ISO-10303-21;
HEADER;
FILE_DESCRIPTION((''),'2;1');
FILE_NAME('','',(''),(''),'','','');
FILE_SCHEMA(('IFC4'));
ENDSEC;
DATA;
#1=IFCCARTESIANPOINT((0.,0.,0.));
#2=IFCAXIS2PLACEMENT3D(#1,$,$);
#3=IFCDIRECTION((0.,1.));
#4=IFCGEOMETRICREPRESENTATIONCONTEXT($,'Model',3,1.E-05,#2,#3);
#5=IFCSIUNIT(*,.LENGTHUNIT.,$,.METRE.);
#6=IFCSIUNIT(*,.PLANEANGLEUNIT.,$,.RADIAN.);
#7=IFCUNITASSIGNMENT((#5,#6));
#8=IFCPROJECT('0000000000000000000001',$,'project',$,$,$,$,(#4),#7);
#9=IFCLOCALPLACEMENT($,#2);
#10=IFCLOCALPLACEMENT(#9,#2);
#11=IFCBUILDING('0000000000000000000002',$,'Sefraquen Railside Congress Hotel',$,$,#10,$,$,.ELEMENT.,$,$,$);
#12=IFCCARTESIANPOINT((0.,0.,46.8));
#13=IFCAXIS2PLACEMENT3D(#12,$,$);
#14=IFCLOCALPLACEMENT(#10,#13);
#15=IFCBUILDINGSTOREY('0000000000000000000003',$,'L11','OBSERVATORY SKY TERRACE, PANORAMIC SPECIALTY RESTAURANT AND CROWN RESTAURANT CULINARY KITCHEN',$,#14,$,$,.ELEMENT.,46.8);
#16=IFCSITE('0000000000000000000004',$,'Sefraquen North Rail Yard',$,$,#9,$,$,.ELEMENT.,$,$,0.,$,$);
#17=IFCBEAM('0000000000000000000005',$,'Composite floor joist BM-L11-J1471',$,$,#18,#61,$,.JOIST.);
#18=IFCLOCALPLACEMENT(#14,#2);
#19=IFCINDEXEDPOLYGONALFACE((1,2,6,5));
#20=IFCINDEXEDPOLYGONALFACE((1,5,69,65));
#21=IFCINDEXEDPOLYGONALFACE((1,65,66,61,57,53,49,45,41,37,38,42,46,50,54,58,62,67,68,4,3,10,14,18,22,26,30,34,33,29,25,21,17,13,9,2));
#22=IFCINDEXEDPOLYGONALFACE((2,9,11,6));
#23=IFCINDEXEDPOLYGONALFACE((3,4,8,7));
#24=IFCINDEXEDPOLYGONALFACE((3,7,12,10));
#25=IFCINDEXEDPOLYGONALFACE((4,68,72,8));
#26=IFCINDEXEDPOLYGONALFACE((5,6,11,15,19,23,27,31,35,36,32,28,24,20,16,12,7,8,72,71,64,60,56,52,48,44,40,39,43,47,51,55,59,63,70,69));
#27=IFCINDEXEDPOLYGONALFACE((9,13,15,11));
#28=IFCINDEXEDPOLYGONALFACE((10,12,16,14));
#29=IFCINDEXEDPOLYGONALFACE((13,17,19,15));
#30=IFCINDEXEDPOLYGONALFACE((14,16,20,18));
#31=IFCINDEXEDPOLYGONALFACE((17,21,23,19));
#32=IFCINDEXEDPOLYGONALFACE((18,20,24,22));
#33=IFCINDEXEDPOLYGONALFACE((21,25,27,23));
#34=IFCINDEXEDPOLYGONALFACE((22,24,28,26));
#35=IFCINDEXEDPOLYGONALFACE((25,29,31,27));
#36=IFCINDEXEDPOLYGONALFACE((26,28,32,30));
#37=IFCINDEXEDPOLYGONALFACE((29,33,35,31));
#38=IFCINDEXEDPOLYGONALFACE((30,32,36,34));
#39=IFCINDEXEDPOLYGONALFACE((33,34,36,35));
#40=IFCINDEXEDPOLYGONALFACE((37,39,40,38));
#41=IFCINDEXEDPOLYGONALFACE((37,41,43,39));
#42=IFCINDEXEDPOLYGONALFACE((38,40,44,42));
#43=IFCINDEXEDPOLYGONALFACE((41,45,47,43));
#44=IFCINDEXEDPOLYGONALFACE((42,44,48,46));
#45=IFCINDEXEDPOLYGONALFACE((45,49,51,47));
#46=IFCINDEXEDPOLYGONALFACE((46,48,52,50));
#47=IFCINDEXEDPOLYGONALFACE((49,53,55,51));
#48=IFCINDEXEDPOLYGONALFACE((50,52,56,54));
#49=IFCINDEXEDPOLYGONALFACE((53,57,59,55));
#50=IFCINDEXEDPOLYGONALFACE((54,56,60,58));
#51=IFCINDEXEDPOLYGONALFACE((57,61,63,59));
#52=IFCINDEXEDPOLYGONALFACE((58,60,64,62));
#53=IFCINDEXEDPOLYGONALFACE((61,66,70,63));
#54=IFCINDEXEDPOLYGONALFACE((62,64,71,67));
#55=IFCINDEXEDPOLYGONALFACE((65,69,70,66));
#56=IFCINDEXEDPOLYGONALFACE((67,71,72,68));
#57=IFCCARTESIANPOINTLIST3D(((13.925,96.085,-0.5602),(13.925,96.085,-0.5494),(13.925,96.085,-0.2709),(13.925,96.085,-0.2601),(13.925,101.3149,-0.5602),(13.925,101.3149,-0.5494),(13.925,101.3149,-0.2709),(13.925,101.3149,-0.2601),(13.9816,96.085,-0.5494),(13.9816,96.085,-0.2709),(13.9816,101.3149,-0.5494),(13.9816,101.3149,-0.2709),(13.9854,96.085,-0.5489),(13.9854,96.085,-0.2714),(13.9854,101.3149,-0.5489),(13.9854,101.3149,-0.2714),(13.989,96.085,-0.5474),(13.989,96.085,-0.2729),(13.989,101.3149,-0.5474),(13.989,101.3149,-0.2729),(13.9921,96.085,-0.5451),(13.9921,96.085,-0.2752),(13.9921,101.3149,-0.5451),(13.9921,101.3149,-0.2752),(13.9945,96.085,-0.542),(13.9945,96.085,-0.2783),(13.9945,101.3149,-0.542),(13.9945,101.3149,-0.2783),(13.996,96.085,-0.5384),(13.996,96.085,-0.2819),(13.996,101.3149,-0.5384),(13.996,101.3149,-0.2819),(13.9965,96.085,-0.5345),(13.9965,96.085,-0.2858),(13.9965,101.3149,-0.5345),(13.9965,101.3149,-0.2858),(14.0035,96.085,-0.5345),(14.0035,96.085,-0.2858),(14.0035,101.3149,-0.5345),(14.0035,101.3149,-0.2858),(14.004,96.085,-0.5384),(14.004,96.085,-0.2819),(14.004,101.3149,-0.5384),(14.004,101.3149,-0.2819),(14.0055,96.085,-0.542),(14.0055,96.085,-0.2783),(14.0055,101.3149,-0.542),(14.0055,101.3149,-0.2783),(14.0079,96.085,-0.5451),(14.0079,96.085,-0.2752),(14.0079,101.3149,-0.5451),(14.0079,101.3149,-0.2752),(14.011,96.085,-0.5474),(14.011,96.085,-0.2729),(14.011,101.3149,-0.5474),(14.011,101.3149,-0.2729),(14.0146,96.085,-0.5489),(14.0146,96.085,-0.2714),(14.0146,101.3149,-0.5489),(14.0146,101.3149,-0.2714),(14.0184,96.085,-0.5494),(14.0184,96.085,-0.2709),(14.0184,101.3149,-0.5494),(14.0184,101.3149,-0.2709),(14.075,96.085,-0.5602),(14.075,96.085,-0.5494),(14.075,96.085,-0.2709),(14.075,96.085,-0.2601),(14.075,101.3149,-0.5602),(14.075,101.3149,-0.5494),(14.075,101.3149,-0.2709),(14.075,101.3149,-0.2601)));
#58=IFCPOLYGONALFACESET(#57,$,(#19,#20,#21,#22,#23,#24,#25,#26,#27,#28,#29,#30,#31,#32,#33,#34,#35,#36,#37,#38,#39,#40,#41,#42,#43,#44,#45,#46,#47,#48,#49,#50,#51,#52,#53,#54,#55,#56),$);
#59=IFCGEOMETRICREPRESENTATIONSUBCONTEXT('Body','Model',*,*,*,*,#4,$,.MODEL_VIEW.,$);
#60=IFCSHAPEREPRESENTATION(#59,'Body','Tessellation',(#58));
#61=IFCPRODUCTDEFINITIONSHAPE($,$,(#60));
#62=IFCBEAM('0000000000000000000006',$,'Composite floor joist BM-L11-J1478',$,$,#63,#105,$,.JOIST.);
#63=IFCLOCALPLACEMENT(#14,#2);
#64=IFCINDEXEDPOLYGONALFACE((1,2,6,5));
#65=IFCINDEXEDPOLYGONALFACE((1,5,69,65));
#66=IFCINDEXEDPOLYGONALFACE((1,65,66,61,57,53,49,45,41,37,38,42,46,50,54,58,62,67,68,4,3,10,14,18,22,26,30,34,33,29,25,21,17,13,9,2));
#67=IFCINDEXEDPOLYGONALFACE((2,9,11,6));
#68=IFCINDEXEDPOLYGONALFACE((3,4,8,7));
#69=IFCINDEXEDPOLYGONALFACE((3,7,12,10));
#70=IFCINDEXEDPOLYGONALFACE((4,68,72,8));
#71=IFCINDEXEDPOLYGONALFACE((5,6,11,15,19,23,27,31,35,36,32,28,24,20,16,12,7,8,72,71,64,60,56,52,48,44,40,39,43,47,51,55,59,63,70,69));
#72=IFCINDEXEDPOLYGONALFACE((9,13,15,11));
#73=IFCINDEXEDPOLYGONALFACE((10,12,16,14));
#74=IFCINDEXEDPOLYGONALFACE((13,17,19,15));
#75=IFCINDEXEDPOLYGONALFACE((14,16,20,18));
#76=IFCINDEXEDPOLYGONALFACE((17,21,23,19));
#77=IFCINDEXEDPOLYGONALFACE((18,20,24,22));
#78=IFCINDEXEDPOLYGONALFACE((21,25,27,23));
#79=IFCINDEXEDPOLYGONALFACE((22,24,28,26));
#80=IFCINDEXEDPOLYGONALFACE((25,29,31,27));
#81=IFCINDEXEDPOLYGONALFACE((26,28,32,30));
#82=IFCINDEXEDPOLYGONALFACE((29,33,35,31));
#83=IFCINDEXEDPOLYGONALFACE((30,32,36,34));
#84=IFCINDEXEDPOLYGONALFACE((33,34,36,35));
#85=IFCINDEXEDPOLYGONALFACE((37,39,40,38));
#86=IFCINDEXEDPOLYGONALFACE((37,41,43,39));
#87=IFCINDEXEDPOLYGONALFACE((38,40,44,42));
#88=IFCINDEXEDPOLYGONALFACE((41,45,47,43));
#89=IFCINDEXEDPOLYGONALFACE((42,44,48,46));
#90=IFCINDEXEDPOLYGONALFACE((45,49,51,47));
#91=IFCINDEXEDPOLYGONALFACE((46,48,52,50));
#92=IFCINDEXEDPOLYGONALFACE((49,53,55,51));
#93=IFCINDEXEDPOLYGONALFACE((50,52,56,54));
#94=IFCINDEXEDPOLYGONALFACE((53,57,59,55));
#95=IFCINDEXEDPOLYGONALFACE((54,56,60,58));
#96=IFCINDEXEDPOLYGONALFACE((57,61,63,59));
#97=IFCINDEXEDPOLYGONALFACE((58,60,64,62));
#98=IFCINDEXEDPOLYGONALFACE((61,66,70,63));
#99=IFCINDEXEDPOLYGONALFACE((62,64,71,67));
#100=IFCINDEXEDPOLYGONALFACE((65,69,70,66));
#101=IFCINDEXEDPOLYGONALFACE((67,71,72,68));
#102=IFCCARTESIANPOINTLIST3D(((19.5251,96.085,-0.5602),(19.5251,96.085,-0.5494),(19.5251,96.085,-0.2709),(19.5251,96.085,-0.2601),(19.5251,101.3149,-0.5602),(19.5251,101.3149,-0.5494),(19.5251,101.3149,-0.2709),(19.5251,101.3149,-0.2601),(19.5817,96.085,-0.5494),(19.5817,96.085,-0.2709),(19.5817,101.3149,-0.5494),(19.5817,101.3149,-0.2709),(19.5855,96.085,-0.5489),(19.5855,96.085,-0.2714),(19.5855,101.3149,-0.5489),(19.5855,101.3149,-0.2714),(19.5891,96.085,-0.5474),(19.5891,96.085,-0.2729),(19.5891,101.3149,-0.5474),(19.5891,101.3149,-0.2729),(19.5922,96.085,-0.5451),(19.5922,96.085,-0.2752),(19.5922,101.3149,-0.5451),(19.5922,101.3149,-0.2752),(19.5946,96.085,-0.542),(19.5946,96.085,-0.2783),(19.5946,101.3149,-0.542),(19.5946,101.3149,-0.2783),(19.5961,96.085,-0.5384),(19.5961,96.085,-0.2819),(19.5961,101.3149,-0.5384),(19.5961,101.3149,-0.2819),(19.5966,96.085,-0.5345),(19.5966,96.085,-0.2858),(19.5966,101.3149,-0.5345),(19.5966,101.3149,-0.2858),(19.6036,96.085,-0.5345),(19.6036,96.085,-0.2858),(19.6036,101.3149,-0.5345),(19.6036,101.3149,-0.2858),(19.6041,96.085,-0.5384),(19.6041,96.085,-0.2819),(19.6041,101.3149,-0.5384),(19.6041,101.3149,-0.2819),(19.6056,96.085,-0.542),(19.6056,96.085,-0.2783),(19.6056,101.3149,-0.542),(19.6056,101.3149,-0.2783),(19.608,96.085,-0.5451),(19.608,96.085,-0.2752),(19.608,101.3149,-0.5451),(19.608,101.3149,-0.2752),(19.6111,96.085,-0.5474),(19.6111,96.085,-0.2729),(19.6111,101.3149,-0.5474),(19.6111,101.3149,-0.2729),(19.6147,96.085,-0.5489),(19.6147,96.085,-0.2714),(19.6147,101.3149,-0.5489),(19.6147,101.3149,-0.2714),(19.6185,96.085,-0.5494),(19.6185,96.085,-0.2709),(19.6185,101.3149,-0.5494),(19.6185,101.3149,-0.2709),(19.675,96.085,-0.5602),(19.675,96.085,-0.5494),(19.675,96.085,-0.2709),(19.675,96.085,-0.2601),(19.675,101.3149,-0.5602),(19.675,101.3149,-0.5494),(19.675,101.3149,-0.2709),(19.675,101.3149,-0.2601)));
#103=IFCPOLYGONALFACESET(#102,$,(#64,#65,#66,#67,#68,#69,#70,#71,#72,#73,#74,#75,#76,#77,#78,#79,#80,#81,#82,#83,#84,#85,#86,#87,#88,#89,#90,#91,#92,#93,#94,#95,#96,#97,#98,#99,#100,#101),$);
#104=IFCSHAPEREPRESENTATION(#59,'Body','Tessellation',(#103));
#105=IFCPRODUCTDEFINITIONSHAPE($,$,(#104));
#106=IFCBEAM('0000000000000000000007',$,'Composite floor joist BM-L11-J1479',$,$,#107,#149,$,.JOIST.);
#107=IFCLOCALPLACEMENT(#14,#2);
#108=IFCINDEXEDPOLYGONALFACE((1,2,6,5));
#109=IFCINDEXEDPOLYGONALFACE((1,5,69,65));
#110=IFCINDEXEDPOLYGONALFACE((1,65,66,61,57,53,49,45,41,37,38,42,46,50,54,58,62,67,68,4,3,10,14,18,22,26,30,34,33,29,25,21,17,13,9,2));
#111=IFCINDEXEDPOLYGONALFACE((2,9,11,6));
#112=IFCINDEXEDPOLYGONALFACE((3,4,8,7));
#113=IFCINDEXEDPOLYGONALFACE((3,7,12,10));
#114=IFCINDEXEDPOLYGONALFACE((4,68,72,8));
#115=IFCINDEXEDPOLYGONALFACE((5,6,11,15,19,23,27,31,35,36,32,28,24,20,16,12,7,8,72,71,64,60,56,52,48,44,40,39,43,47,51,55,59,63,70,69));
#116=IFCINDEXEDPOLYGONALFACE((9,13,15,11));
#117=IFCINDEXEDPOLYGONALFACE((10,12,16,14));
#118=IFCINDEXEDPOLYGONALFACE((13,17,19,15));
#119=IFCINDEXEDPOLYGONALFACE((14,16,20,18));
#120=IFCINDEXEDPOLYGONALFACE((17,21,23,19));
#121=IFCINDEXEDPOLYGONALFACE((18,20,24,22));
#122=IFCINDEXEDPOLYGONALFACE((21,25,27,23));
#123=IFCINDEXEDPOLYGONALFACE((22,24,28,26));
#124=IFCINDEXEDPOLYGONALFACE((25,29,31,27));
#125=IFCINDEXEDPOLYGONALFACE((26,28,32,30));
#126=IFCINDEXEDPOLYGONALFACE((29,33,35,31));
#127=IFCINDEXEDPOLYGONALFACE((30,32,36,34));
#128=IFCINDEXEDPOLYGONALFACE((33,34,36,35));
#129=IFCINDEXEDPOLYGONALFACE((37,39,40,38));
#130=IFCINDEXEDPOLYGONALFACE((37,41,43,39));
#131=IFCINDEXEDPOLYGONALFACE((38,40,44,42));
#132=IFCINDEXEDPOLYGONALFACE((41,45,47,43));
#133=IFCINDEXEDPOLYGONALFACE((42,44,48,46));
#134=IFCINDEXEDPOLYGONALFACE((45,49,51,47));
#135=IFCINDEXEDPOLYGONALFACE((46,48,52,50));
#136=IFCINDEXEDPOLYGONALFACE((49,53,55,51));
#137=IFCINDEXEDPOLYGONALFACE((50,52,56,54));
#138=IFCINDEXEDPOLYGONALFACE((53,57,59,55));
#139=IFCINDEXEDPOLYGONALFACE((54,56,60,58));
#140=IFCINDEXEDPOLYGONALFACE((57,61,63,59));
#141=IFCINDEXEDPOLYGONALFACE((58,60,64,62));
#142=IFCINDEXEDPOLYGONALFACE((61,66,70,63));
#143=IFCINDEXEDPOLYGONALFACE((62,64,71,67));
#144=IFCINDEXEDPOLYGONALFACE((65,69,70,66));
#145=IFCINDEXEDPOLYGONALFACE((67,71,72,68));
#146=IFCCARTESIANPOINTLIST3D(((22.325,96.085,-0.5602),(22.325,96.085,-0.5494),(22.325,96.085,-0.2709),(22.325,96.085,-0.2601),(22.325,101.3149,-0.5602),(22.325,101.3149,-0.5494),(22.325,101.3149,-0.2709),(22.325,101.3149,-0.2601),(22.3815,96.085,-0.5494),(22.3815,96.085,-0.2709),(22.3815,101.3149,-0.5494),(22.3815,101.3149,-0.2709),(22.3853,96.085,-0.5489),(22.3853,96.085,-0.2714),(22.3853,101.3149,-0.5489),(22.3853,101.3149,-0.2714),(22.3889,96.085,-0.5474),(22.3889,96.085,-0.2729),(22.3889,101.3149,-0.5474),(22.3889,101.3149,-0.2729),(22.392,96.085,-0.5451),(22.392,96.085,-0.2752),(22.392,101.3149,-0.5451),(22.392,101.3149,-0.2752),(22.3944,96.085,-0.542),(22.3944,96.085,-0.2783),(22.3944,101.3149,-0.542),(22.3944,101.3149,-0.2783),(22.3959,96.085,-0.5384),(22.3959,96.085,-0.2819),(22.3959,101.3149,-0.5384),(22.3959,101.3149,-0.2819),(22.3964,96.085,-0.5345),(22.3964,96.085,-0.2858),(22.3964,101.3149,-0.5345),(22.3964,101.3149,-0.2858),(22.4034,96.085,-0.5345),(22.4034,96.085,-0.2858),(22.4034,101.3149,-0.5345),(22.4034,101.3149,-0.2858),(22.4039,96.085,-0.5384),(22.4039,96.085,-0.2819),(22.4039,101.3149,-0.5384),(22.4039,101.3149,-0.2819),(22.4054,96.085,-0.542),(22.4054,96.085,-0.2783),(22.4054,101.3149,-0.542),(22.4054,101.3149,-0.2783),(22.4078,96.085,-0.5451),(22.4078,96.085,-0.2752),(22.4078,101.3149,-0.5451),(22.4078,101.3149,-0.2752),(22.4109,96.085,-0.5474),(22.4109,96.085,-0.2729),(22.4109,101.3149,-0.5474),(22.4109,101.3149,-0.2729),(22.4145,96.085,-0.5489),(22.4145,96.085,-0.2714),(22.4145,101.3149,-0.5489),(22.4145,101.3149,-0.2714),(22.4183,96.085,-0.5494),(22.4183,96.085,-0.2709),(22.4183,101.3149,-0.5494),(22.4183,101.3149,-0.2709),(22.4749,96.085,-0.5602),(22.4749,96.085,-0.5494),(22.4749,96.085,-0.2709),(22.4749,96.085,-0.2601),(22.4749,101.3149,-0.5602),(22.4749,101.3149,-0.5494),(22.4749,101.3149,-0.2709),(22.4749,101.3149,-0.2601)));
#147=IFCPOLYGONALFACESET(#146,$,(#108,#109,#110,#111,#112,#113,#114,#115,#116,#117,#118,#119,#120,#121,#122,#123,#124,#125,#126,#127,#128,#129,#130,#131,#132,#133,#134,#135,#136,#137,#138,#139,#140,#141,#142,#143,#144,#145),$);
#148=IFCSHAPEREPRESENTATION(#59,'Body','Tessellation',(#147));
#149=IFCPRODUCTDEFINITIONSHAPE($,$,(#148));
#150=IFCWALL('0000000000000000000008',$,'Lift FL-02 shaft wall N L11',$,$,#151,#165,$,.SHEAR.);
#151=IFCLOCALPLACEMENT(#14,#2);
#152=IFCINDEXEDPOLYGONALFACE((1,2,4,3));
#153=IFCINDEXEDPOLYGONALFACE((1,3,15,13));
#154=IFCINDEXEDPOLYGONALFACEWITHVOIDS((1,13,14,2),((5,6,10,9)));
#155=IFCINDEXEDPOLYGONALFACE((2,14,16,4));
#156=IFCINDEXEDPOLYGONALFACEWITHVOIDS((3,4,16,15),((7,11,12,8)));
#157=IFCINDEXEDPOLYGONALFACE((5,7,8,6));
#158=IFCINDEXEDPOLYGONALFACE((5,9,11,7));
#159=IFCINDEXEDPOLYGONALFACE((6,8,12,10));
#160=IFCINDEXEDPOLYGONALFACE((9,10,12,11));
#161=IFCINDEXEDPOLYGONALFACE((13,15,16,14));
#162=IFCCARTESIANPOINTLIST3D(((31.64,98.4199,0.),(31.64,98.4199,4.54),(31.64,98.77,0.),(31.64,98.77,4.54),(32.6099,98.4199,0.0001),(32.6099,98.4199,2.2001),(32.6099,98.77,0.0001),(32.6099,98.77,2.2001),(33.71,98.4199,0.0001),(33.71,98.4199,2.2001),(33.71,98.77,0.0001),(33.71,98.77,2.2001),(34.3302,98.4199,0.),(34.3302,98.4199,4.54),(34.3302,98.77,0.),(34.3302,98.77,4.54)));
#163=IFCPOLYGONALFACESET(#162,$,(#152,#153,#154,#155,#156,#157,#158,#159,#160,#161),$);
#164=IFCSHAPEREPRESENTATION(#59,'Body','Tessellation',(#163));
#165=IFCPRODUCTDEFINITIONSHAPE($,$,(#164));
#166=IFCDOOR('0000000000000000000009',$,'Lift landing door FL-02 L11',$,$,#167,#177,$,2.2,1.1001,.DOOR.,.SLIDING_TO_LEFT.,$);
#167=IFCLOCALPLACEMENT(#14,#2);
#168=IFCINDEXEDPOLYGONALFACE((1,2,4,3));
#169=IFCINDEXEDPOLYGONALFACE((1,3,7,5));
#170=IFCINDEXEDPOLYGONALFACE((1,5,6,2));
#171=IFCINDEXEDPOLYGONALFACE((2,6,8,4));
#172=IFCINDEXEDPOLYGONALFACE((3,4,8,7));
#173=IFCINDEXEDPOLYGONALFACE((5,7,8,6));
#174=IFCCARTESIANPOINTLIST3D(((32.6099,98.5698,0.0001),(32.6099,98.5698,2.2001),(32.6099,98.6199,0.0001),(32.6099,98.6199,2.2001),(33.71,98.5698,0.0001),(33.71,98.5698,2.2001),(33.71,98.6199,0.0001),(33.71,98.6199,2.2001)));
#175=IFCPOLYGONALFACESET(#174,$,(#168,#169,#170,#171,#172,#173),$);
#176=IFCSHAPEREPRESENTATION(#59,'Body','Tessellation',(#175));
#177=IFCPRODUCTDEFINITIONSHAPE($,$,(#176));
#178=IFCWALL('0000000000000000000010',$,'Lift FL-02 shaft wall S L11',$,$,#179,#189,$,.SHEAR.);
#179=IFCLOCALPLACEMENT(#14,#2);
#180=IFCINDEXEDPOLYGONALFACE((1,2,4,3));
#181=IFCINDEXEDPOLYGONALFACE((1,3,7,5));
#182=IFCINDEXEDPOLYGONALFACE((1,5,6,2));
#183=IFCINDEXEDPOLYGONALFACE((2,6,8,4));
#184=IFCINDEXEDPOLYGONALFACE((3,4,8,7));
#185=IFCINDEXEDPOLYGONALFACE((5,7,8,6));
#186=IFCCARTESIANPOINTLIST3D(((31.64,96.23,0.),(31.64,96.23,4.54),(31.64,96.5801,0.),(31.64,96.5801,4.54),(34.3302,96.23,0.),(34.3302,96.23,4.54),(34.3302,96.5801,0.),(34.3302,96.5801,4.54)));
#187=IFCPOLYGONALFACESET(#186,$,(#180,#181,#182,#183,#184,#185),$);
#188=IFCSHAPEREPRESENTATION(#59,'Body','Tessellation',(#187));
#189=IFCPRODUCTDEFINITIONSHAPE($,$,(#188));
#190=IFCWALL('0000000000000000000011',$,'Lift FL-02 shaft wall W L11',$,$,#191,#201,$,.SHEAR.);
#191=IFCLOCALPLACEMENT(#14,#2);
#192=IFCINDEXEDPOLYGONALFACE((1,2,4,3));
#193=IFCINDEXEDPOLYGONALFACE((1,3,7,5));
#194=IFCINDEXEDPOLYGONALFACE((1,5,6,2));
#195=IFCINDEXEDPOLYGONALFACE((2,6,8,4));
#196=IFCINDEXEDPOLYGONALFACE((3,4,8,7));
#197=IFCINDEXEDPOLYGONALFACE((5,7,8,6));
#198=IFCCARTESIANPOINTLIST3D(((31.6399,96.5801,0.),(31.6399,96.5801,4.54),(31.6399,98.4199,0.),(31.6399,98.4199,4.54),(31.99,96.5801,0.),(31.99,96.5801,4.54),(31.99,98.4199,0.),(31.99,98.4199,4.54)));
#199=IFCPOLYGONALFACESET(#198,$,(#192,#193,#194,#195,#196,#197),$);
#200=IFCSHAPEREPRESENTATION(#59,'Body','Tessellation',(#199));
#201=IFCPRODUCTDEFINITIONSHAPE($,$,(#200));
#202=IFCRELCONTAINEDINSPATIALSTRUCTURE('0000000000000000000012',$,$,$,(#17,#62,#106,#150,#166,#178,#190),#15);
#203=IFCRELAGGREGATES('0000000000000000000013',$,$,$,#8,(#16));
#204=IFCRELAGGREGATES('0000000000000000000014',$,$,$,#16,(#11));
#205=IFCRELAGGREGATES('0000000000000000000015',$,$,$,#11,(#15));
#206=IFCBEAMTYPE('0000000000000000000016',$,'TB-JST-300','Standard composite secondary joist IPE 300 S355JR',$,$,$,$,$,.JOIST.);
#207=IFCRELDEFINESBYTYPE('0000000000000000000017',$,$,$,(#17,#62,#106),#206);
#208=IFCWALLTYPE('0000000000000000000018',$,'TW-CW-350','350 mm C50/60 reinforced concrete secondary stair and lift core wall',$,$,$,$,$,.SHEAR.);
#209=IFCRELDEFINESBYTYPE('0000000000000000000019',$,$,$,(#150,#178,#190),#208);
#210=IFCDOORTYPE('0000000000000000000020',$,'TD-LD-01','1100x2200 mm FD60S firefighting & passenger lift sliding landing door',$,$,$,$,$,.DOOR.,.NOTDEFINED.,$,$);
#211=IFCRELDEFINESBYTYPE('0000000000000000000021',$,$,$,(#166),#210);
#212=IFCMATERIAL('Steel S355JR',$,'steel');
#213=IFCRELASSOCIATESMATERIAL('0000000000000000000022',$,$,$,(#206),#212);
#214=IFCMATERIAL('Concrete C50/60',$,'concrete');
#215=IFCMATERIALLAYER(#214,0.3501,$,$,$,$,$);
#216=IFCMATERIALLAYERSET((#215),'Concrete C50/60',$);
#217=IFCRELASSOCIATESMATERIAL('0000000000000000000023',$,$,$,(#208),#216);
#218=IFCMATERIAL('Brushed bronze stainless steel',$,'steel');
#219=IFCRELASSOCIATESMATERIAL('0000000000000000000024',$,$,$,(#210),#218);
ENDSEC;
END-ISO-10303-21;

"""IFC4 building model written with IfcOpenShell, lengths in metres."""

from ifc_helpers import new_model, si_unit, direction, frame, frame_2d, origin, origin_2d, place, context, subcontext, project, spatial, rectangle, i_section, extrude, material, layer, layer_set, material_profile, profile_set, type_object, element, fill, save


model = new_model("IFC4")

# Units and contexts
model_context = context("Model", 3, precision=1e-05, world=origin(), true_north=direction((0.0, 1.0)))
body_context = subcontext(model_context, "Body", "Model", "MODEL_VIEW")
ifc_project = project(units=[si_unit("LENGTHUNIT", "METRE"), si_unit("PLANEANGLEUNIT", "RADIAN")], contexts=[model_context])

# Site, building, storey
site_placement = place(None, origin())
site = spatial("IfcSite", under=ifc_project, at=site_placement, Name="Sefraquen North Rail Yard", CompositionType="ELEMENT", RefElevation=0.0)
building_placement = place(site_placement, origin())
building = spatial("IfcBuilding", under=site, at=building_placement, Name="Sefraquen Railside Congress Hotel", CompositionType="ELEMENT")
storey_placement = place(building_placement, frame((0.0, 0.0, 46.8)))
storey = spatial("IfcBuildingStorey", under=building, at=storey_placement, Name="L11", Description="OBSERVATORY SKY TERRACE, PANORAMIC SPECIALTY RESTAURANT AND CROWN RESTAURANT CULINARY KITCHEN", CompositionType="ELEMENT", Elevation=46.8)

# Shared definitions
ifc_material_1 = material(Name="Steel S355JR", Category="steel")

# Beams
ifc_material_profile_1 = material_profile(ifc_material_1, i_section(OverallWidth=0.1499, OverallDepth=0.3, WebThickness=0.0071, FlangeThickness=0.0107, FilletRadius=0.0149, at=origin_2d()), Name="IPE 300")
ifc_profile_set_1 = profile_set([ifc_material_profile_1], Name="Steel S355JR")
beam_type_1 = type_object("IfcBeamType", Name="TB-JST-300", Description="Standard composite secondary joist IPE 300 S355JR", PredefinedType="JOIST", material=ifc_profile_set_1)
for number, where, z_axis, x_axis, name in (
    (1, (14.0, 96.085, -0.4102), (0.0, 1.0, 0.0), (-1.0, 0.0, 0.0), "Composite floor joist BM-L11-J1471"),
    (2, (19.6001, 96.085, -0.4102), (0.0, 1.0, 0.0), (-1.0, 0.0, 0.0), "Composite floor joist BM-L11-J1478"),
    (3, (22.3999, 96.085, -0.4102), (0.0, 1.0, 0.0), (-1.0, 0.0, 0.0), "Composite floor joist BM-L11-J1479"),
):
    element("IfcBeam", number, at=place(storey_placement, frame(where, z_axis=z_axis, x_axis=x_axis)), inside=storey, type_object=beam_type_1, Name=name, PredefinedType="JOIST", context=body_context, shape_type="SweptSolid", body=[
        extrude(i_section(OverallWidth=0.1499, OverallDepth=0.3, WebThickness=0.0071, FlangeThickness=0.0107, FilletRadius=0.0149, at=origin_2d()), origin(), (0.0, 0.0, 1.0), 5.23),
    ])

# Wall, opening, door
ifc_material_2 = material(Name="Concrete C50/60", Category="concrete")
ifc_layer_1 = layer(ifc_material_2, 0.3501)
ifc_layer_set_1 = layer_set([ifc_layer_1], Name="Concrete C50/60")
wall_type_1 = type_object("IfcWallType", Name="TW-CW-350", Description="350 mm C50/60 reinforced concrete secondary stair and lift core wall", PredefinedType="SHEAR", material=ifc_layer_set_1)
wall_1_placement = place(storey_placement, frame((31.6399, 98.595, 0.0), z_axis=(0.0, 0.0, 1.0), x_axis=(1.0, 0.0, 0.0)))
wall_1 = element("IfcWall", 4, at=wall_1_placement, inside=storey, type_object=wall_type_1, Name="Lift FL-02 shaft wall N L11", PredefinedType="SHEAR", context=body_context, shape_type="SweptSolid", body=[
    extrude(rectangle(XDim=2.6902, YDim=0.3501, at=frame_2d((1.3452, 0.0))), origin(), (0.0, 0.0, 1.0), 4.54),
])
opening_1_placement = place(wall_1_placement, frame((0.97, 0.0, 0.0)))
opening_1 = element("IfcOpeningElement", 5, at=opening_1_placement, cuts=wall_1, PredefinedType="OPENING", context=body_context, shape_type="SweptSolid", body=[
    extrude(rectangle(XDim=1.1001, YDim=2.2, at=frame_2d((0.55, 1.1001))), frame((0.0, 0.1851, 0.0), z_axis=(0.0, -1.0, 0.0), x_axis=(1.0, 0.0, 0.0)), (0.0, 0.0, 1.0), 0.3701),
])
ifc_material_3 = material(Name="Brushed bronze stainless steel", Category="steel")
door_type_1 = type_object("IfcDoorType", Name="TD-LD-01", Description="1100x2200 mm FD60S firefighting & passenger lift sliding landing door", OperationType="NOTDEFINED", PredefinedType="DOOR", material=ifc_material_3)
door_1_placement = place(opening_1_placement, origin())
door_1 = element("IfcDoor", 6, at=door_1_placement, inside=storey, type_object=door_type_1, Name="Lift landing door FL-02 L11", OperationType="SLIDING_TO_LEFT", OverallHeight=2.2, OverallWidth=1.1001, PredefinedType="DOOR", context=body_context, shape_type="SweptSolid", body=[
    extrude(rectangle(XDim=1.1001, YDim=2.2, at=frame_2d((0.55, 1.1001))), frame((0.0, 0.0249, 0.0), z_axis=(0.0, -1.0, 0.0), x_axis=(1.0, 0.0, 0.0)), (0.0, 0.0, 1.0), 0.05),
])
fill(opening_1, door_1)

# Walls
wall_2_placement = place(storey_placement, frame((31.6399, 96.405, 0.0), z_axis=(0.0, 0.0, 1.0), x_axis=(1.0, 0.0, 0.0)))
element("IfcWall", 7, at=wall_2_placement, inside=storey, type_object=wall_type_1, Name="Lift FL-02 shaft wall S L11", PredefinedType="SHEAR", context=body_context, shape_type="SweptSolid", body=[
    extrude(rectangle(XDim=2.6902, YDim=0.3501, at=frame_2d((1.3452, 0.0))), origin(), (0.0, 0.0, 1.0), 4.54),
])
wall_3_placement = place(storey_placement, frame((31.8149, 96.5801, 0.0), z_axis=(0.0, 0.0, 1.0), x_axis=(0.0, 1.0, 0.0)))
element("IfcWall", 8, at=wall_3_placement, inside=storey, type_object=wall_type_1, Name="Lift FL-02 shaft wall W L11", PredefinedType="SHEAR", context=body_context, shape_type="SweptSolid", body=[
    extrude(rectangle(XDim=1.8398, YDim=0.3501, at=frame_2d((0.9199, 0.0))), origin(), (0.0, 0.0, 1.0), 4.54),
])

save(model, "model.ifc")
